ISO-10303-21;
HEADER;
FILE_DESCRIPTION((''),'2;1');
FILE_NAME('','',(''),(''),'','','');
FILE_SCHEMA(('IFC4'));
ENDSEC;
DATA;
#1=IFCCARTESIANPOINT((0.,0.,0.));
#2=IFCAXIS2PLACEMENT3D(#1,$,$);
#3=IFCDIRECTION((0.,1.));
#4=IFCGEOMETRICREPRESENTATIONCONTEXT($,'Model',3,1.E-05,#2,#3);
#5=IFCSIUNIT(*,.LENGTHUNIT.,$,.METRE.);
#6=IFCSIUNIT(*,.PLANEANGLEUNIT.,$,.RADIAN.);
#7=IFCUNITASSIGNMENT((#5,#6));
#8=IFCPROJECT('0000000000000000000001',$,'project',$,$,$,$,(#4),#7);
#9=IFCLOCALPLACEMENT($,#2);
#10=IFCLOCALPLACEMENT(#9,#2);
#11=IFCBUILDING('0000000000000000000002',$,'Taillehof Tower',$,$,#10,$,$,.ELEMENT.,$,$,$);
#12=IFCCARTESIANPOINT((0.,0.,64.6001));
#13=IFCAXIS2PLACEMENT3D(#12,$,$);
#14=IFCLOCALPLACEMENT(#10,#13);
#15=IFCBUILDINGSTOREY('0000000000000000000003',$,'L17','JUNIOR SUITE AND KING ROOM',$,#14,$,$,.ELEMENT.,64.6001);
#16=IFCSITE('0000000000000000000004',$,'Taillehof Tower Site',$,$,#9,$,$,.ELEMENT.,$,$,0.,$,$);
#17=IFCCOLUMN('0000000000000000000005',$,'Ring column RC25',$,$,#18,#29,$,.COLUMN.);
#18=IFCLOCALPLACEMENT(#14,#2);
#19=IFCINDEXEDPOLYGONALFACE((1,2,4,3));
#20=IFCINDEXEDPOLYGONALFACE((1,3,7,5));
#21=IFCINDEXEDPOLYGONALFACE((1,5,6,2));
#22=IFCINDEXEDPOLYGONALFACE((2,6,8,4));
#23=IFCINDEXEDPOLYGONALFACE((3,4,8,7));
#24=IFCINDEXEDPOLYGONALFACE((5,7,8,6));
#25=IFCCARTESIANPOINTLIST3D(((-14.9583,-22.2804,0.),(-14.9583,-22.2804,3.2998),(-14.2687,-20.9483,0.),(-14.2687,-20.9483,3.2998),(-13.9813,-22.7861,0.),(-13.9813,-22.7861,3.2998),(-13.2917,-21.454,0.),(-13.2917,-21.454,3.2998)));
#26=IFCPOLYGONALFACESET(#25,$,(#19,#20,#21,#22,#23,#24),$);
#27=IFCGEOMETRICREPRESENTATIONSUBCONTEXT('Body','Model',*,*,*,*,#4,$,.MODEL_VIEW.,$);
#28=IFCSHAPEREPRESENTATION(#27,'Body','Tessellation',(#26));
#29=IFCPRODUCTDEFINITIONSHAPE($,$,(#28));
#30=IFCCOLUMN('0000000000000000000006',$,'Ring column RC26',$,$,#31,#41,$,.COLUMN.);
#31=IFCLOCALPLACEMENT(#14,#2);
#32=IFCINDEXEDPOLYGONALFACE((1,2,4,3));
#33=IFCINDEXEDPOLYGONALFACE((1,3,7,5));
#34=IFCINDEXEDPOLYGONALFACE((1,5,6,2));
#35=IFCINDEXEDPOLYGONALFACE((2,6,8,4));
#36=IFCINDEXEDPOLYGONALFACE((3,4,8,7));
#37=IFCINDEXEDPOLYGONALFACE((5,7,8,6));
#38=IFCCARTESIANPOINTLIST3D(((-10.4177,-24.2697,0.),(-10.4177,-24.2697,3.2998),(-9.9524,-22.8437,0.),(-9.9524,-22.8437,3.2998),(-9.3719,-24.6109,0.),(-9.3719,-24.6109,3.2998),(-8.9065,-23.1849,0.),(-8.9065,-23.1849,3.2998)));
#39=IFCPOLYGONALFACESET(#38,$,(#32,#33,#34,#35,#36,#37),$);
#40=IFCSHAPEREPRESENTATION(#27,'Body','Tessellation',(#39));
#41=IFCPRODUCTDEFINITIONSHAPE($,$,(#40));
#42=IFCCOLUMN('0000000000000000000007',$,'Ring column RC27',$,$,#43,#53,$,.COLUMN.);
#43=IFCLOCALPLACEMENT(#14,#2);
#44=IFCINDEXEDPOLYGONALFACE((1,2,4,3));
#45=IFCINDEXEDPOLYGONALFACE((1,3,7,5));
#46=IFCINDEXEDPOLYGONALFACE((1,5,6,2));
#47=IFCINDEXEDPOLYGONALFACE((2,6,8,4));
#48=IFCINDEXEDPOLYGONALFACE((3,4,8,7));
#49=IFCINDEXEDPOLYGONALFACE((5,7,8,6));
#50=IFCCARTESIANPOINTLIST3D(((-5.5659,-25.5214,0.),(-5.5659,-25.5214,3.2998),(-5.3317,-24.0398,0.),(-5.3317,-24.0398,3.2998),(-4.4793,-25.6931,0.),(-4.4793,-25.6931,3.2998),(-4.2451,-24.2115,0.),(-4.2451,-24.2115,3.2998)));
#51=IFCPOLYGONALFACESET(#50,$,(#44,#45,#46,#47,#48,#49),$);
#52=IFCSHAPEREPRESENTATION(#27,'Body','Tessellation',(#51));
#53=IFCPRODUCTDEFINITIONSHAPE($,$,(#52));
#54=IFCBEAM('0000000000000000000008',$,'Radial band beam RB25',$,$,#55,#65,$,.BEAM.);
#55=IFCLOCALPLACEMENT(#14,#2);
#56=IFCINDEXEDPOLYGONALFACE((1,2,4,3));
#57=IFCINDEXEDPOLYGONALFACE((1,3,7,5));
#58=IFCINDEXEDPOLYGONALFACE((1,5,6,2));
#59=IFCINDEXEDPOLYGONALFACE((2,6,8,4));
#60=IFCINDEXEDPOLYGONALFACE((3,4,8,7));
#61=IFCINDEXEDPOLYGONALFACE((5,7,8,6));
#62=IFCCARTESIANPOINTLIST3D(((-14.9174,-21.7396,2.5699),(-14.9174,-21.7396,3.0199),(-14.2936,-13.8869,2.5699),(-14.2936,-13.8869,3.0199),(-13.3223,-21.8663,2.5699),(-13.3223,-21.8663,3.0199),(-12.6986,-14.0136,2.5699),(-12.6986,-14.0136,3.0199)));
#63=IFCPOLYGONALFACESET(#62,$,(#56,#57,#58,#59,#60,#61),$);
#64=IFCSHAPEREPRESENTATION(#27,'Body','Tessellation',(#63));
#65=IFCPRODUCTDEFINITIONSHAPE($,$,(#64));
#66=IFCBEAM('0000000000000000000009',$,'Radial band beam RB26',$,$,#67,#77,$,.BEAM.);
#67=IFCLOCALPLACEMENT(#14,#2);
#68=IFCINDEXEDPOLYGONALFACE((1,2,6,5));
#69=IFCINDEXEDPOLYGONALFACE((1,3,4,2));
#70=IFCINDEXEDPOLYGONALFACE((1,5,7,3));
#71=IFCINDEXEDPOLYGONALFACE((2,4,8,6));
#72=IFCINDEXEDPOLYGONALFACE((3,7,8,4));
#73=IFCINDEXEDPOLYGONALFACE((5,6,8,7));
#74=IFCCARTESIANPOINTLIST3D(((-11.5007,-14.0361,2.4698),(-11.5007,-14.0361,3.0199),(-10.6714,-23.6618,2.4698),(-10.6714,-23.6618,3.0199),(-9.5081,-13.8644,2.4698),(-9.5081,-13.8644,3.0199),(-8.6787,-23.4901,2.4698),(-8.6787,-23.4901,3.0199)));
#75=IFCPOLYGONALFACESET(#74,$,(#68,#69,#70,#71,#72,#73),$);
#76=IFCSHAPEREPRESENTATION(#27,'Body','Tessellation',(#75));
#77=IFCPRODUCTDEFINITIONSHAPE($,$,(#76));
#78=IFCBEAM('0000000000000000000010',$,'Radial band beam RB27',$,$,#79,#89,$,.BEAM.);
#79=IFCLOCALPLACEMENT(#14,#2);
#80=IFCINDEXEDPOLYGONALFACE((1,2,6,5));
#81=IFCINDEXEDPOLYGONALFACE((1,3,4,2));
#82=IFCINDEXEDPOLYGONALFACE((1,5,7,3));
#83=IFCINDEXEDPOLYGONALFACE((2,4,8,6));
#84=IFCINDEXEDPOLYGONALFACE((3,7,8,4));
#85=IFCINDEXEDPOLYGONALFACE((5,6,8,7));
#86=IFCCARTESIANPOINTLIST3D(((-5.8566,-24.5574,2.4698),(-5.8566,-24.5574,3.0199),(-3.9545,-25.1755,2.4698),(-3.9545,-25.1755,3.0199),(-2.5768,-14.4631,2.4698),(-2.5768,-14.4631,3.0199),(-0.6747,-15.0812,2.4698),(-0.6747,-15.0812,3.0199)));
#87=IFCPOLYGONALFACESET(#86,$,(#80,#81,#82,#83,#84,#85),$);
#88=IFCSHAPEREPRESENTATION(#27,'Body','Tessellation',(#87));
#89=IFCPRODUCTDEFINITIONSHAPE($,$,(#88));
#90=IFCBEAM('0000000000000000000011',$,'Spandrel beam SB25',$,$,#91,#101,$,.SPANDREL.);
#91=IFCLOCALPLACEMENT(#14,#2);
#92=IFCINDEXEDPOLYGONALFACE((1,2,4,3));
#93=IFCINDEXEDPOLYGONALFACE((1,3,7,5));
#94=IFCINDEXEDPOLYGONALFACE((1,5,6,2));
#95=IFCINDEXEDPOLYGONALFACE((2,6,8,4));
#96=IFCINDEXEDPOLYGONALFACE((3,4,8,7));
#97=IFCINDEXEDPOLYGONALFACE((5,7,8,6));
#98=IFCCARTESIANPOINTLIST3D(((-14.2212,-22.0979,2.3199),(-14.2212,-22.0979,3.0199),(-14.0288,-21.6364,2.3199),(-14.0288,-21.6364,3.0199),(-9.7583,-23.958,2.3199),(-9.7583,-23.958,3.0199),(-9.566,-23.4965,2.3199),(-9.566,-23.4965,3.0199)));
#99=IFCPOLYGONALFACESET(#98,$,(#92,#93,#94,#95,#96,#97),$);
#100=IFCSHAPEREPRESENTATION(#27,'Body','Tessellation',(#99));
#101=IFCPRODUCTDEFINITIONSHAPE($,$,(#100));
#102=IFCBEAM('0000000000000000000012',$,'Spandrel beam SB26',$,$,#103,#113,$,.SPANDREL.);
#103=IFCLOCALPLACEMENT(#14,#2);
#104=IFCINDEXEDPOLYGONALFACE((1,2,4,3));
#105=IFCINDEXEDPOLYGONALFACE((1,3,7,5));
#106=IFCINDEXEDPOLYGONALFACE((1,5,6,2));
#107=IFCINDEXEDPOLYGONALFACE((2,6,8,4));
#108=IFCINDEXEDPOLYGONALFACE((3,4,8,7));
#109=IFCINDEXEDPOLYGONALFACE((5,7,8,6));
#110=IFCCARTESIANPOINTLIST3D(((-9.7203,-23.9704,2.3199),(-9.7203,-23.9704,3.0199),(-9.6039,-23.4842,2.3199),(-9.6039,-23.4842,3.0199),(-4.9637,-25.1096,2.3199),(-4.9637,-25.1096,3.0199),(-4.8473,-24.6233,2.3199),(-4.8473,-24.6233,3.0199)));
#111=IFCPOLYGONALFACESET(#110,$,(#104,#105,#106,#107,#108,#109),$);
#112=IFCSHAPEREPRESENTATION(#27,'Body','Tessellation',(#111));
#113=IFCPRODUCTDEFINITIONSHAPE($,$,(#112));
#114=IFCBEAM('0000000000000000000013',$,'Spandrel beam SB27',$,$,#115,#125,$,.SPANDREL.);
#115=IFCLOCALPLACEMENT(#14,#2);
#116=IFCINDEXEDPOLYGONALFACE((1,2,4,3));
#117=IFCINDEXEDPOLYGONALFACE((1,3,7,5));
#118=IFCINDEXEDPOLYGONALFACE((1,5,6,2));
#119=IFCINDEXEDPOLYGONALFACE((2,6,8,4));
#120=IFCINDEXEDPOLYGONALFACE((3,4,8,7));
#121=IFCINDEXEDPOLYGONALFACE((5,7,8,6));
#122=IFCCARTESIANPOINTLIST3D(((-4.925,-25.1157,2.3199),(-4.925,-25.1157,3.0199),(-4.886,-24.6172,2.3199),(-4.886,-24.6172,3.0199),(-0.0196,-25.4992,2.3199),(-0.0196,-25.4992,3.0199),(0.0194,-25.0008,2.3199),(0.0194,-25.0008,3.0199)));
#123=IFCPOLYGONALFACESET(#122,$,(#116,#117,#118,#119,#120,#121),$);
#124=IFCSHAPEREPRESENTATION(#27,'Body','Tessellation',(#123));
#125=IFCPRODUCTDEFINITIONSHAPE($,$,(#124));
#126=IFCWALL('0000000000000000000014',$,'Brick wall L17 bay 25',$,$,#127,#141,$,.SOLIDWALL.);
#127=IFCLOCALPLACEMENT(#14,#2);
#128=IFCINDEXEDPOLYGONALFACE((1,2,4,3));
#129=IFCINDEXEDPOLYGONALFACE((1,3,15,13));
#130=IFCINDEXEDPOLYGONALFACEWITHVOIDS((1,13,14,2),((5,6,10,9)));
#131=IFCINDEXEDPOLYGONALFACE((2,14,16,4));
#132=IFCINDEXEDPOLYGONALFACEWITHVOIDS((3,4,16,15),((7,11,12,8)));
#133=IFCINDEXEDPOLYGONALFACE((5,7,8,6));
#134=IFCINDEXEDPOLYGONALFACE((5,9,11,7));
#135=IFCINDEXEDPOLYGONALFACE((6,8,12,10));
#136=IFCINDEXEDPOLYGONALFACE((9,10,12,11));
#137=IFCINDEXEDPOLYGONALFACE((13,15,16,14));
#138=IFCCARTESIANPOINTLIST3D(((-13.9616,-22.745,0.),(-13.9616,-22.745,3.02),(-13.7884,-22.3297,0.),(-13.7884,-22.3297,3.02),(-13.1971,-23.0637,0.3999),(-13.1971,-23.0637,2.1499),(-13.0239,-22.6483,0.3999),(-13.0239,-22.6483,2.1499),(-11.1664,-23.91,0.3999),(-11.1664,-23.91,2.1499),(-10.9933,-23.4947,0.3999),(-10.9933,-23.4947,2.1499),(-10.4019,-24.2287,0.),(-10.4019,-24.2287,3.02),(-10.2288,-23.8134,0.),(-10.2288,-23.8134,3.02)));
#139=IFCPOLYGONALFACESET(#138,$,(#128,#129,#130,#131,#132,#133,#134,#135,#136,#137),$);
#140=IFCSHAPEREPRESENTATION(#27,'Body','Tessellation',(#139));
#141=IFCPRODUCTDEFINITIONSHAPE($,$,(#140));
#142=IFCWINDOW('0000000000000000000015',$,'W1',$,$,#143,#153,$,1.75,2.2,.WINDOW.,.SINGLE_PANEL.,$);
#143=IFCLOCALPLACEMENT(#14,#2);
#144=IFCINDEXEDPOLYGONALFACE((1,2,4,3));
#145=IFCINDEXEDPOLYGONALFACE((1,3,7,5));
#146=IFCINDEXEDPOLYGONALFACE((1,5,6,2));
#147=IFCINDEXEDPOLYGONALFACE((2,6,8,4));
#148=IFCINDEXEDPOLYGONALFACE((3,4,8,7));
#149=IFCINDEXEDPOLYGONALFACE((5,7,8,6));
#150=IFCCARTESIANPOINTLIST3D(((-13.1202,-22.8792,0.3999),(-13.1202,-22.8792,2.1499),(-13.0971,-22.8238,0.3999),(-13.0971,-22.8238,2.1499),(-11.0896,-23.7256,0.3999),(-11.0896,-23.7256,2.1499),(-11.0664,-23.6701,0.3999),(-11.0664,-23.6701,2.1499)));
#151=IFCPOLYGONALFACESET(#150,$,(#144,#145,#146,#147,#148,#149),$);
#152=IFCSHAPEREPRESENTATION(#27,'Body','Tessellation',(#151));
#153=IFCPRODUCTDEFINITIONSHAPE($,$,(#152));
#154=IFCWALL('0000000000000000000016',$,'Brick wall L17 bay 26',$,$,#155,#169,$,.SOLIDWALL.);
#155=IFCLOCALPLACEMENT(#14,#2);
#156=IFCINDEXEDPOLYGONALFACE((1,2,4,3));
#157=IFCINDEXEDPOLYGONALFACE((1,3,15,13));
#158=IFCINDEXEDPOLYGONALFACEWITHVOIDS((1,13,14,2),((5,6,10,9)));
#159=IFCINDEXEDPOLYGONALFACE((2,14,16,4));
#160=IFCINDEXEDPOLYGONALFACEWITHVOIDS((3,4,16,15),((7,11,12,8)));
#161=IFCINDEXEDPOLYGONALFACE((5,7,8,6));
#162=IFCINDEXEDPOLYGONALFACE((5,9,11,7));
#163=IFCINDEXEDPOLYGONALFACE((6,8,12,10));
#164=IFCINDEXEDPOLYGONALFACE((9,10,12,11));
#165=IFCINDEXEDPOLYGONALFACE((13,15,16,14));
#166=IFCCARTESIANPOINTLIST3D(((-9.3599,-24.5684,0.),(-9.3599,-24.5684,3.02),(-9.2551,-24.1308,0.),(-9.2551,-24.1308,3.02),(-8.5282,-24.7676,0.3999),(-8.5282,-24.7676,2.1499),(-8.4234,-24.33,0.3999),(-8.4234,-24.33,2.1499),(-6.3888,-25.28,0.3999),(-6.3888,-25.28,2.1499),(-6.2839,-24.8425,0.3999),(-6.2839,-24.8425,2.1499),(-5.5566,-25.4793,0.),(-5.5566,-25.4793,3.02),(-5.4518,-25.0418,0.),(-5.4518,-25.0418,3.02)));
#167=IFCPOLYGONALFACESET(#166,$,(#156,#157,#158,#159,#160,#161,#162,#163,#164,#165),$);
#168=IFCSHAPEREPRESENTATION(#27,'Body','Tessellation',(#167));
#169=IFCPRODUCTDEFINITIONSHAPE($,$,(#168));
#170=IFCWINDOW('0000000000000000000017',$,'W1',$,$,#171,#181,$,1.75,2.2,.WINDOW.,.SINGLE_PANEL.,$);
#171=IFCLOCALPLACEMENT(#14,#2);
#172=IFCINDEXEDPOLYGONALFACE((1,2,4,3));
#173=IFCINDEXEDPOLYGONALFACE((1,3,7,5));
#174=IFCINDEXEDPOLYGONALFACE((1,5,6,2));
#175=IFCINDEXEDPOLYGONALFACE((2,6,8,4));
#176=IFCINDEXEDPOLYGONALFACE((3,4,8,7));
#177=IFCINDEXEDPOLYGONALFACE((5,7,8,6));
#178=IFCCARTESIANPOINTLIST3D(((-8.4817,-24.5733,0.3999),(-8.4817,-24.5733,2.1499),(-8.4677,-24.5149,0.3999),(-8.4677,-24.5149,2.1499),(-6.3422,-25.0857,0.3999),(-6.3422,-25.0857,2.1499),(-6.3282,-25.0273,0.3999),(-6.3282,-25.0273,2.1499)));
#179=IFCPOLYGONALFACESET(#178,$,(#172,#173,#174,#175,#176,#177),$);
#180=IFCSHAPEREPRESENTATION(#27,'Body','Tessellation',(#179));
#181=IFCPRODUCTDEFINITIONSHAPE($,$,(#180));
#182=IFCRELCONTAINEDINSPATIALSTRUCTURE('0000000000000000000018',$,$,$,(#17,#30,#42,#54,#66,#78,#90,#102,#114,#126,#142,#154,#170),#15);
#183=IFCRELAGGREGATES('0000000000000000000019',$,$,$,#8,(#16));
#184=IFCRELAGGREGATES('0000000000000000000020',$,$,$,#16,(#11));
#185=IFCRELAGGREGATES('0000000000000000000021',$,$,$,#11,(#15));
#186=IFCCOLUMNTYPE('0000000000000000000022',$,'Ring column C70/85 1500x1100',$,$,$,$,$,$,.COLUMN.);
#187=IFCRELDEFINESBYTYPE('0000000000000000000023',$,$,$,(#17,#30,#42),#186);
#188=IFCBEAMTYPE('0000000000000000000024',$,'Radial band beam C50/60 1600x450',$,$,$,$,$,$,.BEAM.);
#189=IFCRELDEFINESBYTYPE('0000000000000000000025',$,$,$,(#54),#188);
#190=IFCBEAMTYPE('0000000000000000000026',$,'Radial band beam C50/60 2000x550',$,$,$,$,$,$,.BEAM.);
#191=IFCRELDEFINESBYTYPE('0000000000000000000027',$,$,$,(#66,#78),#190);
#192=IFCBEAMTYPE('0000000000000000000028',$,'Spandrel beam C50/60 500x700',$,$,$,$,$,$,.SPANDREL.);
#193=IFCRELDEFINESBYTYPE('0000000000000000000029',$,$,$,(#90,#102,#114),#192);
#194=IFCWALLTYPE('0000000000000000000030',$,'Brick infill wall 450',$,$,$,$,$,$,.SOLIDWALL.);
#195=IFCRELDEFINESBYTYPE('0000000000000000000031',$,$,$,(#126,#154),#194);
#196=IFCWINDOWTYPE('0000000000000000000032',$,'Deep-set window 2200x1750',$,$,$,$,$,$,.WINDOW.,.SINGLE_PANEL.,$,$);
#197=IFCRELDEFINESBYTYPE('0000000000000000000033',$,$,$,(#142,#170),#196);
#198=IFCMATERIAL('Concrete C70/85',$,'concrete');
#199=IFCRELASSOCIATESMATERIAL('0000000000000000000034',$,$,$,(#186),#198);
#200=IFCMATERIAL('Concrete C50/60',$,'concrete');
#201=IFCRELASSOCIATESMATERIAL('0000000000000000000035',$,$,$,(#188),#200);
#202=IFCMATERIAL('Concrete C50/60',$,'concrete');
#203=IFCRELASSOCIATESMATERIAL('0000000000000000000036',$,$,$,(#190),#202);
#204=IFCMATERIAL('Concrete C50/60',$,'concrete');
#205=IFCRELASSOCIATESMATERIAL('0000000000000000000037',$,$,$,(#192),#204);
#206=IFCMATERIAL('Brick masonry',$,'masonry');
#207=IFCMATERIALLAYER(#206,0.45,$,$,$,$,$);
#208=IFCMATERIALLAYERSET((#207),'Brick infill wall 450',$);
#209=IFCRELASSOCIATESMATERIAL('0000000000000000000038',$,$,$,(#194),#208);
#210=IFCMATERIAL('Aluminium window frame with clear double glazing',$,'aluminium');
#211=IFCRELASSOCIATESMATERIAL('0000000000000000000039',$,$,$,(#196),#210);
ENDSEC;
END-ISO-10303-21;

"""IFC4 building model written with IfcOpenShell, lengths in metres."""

from ifc_helpers import new_model, si_unit, direction, frame, frame_2d, origin, origin_2d, place, context, subcontext, project, spatial, rectangle, extrude, material, layer, layer_set, material_profile, profile_set, type_object, element, fill, save


model = new_model("IFC4")

# Units and contexts
model_context = context("Model", 3, precision=1e-05, world=origin(), true_north=direction((0.0, 1.0)))
body_context = subcontext(model_context, "Body", "Model", "MODEL_VIEW")
ifc_project = project(units=[si_unit("LENGTHUNIT", "METRE"), si_unit("PLANEANGLEUNIT", "RADIAN")], contexts=[model_context])

# Site, building, storey
site_placement = place(None, origin())
site = spatial("IfcSite", under=ifc_project, at=site_placement, Name="Taillehof Tower Site", CompositionType="ELEMENT", RefElevation=0.0)
building_placement = place(site_placement, origin())
building = spatial("IfcBuilding", under=site, at=building_placement, Name="Taillehof Tower", CompositionType="ELEMENT")
storey_placement = place(building_placement, frame((0.0, 0.0, 64.6001)))
storey = spatial("IfcBuildingStorey", under=building, at=storey_placement, Name="L17", Description="JUNIOR SUITE AND KING ROOM", CompositionType="ELEMENT", Elevation=64.6001)

# Columns
ifc_material_1 = material(Name="Concrete C70/85", Category="concrete")
ifc_material_profile_1 = material_profile(ifc_material_1, rectangle(XDim=1.5, YDim=1.1001, at=origin_2d()), Name="RC 1500x1100")
ifc_profile_set_1 = profile_set([ifc_material_profile_1], Name="Concrete C70/85")
column_type = type_object("IfcColumnType", Name="Ring column C70/85 1500x1100", PredefinedType="COLUMN", material=ifc_profile_set_1)
for number, where, z_axis, x_axis, name in (
    (1, (-14.125, -21.8672, 0.0), (0.0, 0.0, 1.0), (-0.459691, -0.888079, 0.0), "Ring column RC25"),
    (2, (-9.6621, -23.7273, 0.0), (0.0, 0.0, 1.0), (-0.310219, -0.950665, 0.0), "Ring column RC26"),
    (3, (-4.9055, -24.8665, 0.0), (0.0, 0.0, 1.0), (-0.156147, -0.987734, 0.0), "Ring column RC27"),
):
    element("IfcColumn", number, at=place(storey_placement, frame(where, z_axis=z_axis, x_axis=x_axis)), inside=storey, type_object=column_type, Name=name, PredefinedType="COLUMN", context=body_context, shape_type="SweptSolid", body=[
        extrude(rectangle(XDim=1.5, YDim=1.1001, at=origin_2d()), origin(), (0.0, 0.0, 1.0), 3.2998),
    ])

# Beams
ifc_material_2 = material(Name="Concrete C50/60", Category="concrete")
ifc_material_profile_2 = material_profile(ifc_material_2, rectangle(XDim=1.6001, YDim=0.45, at=origin_2d()), Name="RC 1600x450")
ifc_profile_set_2 = profile_set([ifc_material_profile_2], Name="Concrete C50/60")
beam_type_1 = type_object("IfcBeamType", Name="Radial band beam C50/60 1600x450", PredefinedType="BEAM", material=ifc_profile_set_2)
beam_1_placement = place(storey_placement, frame((-14.1199, -21.803, 2.7949), z_axis=(0.079185, 0.99686, 0.0), x_axis=(-0.99686, 0.079185, 0.0)))
element("IfcBeam", 4, at=beam_1_placement, inside=storey, type_object=beam_type_1, Name="Radial band beam RB25", PredefinedType="BEAM", context=body_context, shape_type="SweptSolid", body=[
    extrude(rectangle(XDim=1.6001, YDim=0.45, at=origin_2d()), origin(), (0.0, 0.0, 1.0), 7.8774),
])
ifc_material_3 = material(Name="Concrete C50/60", Category="concrete")
ifc_material_profile_3 = material_profile(ifc_material_3, rectangle(XDim=2.0, YDim=0.55, at=origin_2d()), Name="RC 2000x550")
ifc_profile_set_3 = profile_set([ifc_material_profile_3], Name="Concrete C50/60")
beam_type_2 = type_object("IfcBeamType", Name="Radial band beam C50/60 2000x550", PredefinedType="BEAM", material=ifc_profile_set_3)
beam_2_placement = place(storey_placement, frame((-9.675, -23.5759, 2.7449), z_axis=(-0.085841, 0.996309, 0.0), x_axis=(-0.996309, -0.085841, 0.0)))
element("IfcBeam", 5, at=beam_2_placement, inside=storey, type_object=beam_type_2, Name="Radial band beam RB26", PredefinedType="BEAM", context=body_context, shape_type="SweptSolid", body=[
    extrude(rectangle(XDim=2.0, YDim=0.55, at=origin_2d()), origin(), (0.0, 0.0, 1.0), 9.6614),
])
beam_3_placement = place(storey_placement, frame((-4.9055, -24.8665, 2.7449), z_axis=(0.309014, 0.951057, 0.0), x_axis=(-0.951057, 0.309014, 0.0)))
element("IfcBeam", 6, at=beam_3_placement, inside=storey, type_object=beam_type_2, Name="Radial band beam RB27", PredefinedType="BEAM", context=body_context, shape_type="SweptSolid", body=[
    extrude(rectangle(XDim=2.0, YDim=0.55, at=origin_2d()), origin(), (0.0, 0.0, 1.0), 10.6138),
])
ifc_material_4 = material(Name="Concrete C50/60", Category="concrete")
ifc_material_profile_4 = material_profile(ifc_material_4, rectangle(XDim=0.5, YDim=0.7, at=origin_2d()), Name="RC 500x700")
ifc_profile_set_4 = profile_set([ifc_material_profile_4], Name="Concrete C50/60")
beam_type_3 = type_object("IfcBeamType", Name="Spandrel beam C50/60 500x700", PredefinedType="SPANDREL", material=ifc_profile_set_4)
beam_4_placement = place(storey_placement, frame((-14.125, -21.8672, 2.6699), z_axis=(0.923035, -0.384716, 0.0), x_axis=(0.384716, 0.923035, 0.0)))
element("IfcBeam", 7, at=beam_4_placement, inside=storey, type_object=beam_type_3, Name="Spandrel beam SB25", PredefinedType="SPANDREL", context=body_context, shape_type="SweptSolid", body=[
    extrude(rectangle(XDim=0.5, YDim=0.7, at=origin_2d()), origin(), (0.0, 0.0, 1.0), 4.835),
])
beam_5_placement = place(storey_placement, frame((-9.6621, -23.7273, 2.6699), z_axis=(0.9725, -0.232905, 0.0), x_axis=(0.232905, 0.9725, 0.0)))
element("IfcBeam", 8, at=beam_5_placement, inside=storey, type_object=beam_type_3, Name="Spandrel beam SB26", PredefinedType="SPANDREL", context=body_context, shape_type="SweptSolid", body=[
    extrude(rectangle(XDim=0.5, YDim=0.7, at=origin_2d()), origin(), (0.0, 0.0, 1.0), 4.8911),
])
beam_6_placement = place(storey_placement, frame((-4.9055, -24.8665, 2.6699), z_axis=(0.996957, -0.077949, 0.0), x_axis=(0.077949, 0.996957, 0.0)))
element("IfcBeam", 9, at=beam_6_placement, inside=storey, type_object=beam_type_3, Name="Spandrel beam SB27", PredefinedType="SPANDREL", context=body_context, shape_type="SweptSolid", body=[
    extrude(rectangle(XDim=0.5, YDim=0.7, at=origin_2d()), origin(), (0.0, 0.0, 1.0), 4.9204),
])

# Walls, openings, windows
ifc_material_5 = material(Name="Brick masonry", Category="masonry")
ifc_layer_1 = layer(ifc_material_5, 0.45)
ifc_layer_set_1 = layer_set([ifc_layer_1], Name="Brick infill wall 450")
wall_type_1 = type_object("IfcWallType", Name="Brick infill wall 450", PredefinedType="SOLIDWALL", material=ifc_layer_set_1)
wall_1_placement = place(storey_placement, frame((-13.875, -22.5374, 0.0), z_axis=(0.0, 0.0, 1.0), x_axis=(0.923032, -0.384723, 0.0)))
wall_1 = element("IfcWall", 10, at=wall_1_placement, inside=storey, type_object=wall_type_1, Name="Brick wall L17 bay 25", PredefinedType="SOLIDWALL", context=body_context, shape_type="SweptSolid", body=[
    extrude(rectangle(XDim=3.8564, YDim=0.45, at=frame_2d((1.9282, 0.0))), origin(), (0.0, 0.0, 1.0), 3.02),
])
opening_1_placement = place(wall_1_placement, frame((0.8281, 0.0, 0.3999)))
opening_1 = element("IfcOpeningElement", 11, at=opening_1_placement, cuts=wall_1, PredefinedType="OPENING", context=body_context, shape_type="SweptSolid", body=[
    extrude(rectangle(XDim=2.2, YDim=1.75, at=frame_2d((1.1001, 0.875))), frame((0.0, 0.2349, 0.0), z_axis=(0.0, -1.0, 0.0), x_axis=(1.0, 0.0, 0.0)), (0.0, 0.0, 1.0), 0.47),
])
ifc_material_6 = material(Name="Aluminium window frame with clear double glazing", Category="aluminium")
window_type = type_object("IfcWindowType", Name="Deep-set window 2200x1750", PartitioningType="SINGLE_PANEL", PredefinedType="WINDOW", material=ifc_material_6)
window_1_placement = place(opening_1_placement, origin())
window_1 = element("IfcWindow", 12, at=window_1_placement, inside=storey, type_object=window_type, Name="W1", OverallHeight=1.75, OverallWidth=2.2, PartitioningType="SINGLE_PANEL", PredefinedType="WINDOW", context=body_context, shape_type="SweptSolid", body=[
    extrude(rectangle(XDim=2.2, YDim=1.75, at=frame_2d((1.1001, 0.875))), frame((0.0, 0.0349, 0.0), z_axis=(0.0, -1.0, 0.0), x_axis=(1.0, 0.0, 0.0)), (0.0, 0.0, 1.0), 0.0601),
])
fill(opening_1, window_1)
wall_2_placement = place(storey_placement, frame((-9.3076, -24.3496, 0.0), z_axis=(0.0, 0.0, 1.0), x_axis=(0.972497, -0.232917, 0.0)))
wall_2 = element("IfcWall", 13, at=wall_2_placement, inside=storey, type_object=wall_type_1, Name="Brick wall L17 bay 26", PredefinedType="SOLIDWALL", context=body_context, shape_type="SweptSolid", body=[
    extrude(rectangle(XDim=3.9109, YDim=0.45, at=frame_2d((1.9556, 0.0))), origin(), (0.0, 0.0, 1.0), 3.02),
])
opening_2_placement = place(wall_2_placement, frame((0.8552, 0.0, 0.3999)))
opening_2 = element("IfcOpeningElement", 14, at=opening_2_placement, cuts=wall_2, PredefinedType="OPENING", context=body_context, shape_type="SweptSolid", body=[
    extrude(rectangle(XDim=2.2, YDim=1.75, at=frame_2d((1.1001, 0.875))), frame((0.0, 0.2349, 0.0), z_axis=(0.0, -1.0, 0.0), x_axis=(1.0, 0.0, 0.0)), (0.0, 0.0, 1.0), 0.47),
])
window_2_placement = place(opening_2_placement, origin())
window_2 = element("IfcWindow", 15, at=window_2_placement, inside=storey, type_object=window_type, Name="W1", OverallHeight=1.75, OverallWidth=2.2, PartitioningType="SINGLE_PANEL", PredefinedType="WINDOW", context=body_context, shape_type="SweptSolid", body=[
    extrude(rectangle(XDim=2.2, YDim=1.75, at=frame_2d((1.1001, 0.875))), frame((0.0, 0.0349, 0.0), z_axis=(0.0, -1.0, 0.0), x_axis=(1.0, 0.0, 0.0)), (0.0, 0.0, 1.0), 0.0601),
])
fill(opening_2, window_2)

save(model, "model.ifc")
